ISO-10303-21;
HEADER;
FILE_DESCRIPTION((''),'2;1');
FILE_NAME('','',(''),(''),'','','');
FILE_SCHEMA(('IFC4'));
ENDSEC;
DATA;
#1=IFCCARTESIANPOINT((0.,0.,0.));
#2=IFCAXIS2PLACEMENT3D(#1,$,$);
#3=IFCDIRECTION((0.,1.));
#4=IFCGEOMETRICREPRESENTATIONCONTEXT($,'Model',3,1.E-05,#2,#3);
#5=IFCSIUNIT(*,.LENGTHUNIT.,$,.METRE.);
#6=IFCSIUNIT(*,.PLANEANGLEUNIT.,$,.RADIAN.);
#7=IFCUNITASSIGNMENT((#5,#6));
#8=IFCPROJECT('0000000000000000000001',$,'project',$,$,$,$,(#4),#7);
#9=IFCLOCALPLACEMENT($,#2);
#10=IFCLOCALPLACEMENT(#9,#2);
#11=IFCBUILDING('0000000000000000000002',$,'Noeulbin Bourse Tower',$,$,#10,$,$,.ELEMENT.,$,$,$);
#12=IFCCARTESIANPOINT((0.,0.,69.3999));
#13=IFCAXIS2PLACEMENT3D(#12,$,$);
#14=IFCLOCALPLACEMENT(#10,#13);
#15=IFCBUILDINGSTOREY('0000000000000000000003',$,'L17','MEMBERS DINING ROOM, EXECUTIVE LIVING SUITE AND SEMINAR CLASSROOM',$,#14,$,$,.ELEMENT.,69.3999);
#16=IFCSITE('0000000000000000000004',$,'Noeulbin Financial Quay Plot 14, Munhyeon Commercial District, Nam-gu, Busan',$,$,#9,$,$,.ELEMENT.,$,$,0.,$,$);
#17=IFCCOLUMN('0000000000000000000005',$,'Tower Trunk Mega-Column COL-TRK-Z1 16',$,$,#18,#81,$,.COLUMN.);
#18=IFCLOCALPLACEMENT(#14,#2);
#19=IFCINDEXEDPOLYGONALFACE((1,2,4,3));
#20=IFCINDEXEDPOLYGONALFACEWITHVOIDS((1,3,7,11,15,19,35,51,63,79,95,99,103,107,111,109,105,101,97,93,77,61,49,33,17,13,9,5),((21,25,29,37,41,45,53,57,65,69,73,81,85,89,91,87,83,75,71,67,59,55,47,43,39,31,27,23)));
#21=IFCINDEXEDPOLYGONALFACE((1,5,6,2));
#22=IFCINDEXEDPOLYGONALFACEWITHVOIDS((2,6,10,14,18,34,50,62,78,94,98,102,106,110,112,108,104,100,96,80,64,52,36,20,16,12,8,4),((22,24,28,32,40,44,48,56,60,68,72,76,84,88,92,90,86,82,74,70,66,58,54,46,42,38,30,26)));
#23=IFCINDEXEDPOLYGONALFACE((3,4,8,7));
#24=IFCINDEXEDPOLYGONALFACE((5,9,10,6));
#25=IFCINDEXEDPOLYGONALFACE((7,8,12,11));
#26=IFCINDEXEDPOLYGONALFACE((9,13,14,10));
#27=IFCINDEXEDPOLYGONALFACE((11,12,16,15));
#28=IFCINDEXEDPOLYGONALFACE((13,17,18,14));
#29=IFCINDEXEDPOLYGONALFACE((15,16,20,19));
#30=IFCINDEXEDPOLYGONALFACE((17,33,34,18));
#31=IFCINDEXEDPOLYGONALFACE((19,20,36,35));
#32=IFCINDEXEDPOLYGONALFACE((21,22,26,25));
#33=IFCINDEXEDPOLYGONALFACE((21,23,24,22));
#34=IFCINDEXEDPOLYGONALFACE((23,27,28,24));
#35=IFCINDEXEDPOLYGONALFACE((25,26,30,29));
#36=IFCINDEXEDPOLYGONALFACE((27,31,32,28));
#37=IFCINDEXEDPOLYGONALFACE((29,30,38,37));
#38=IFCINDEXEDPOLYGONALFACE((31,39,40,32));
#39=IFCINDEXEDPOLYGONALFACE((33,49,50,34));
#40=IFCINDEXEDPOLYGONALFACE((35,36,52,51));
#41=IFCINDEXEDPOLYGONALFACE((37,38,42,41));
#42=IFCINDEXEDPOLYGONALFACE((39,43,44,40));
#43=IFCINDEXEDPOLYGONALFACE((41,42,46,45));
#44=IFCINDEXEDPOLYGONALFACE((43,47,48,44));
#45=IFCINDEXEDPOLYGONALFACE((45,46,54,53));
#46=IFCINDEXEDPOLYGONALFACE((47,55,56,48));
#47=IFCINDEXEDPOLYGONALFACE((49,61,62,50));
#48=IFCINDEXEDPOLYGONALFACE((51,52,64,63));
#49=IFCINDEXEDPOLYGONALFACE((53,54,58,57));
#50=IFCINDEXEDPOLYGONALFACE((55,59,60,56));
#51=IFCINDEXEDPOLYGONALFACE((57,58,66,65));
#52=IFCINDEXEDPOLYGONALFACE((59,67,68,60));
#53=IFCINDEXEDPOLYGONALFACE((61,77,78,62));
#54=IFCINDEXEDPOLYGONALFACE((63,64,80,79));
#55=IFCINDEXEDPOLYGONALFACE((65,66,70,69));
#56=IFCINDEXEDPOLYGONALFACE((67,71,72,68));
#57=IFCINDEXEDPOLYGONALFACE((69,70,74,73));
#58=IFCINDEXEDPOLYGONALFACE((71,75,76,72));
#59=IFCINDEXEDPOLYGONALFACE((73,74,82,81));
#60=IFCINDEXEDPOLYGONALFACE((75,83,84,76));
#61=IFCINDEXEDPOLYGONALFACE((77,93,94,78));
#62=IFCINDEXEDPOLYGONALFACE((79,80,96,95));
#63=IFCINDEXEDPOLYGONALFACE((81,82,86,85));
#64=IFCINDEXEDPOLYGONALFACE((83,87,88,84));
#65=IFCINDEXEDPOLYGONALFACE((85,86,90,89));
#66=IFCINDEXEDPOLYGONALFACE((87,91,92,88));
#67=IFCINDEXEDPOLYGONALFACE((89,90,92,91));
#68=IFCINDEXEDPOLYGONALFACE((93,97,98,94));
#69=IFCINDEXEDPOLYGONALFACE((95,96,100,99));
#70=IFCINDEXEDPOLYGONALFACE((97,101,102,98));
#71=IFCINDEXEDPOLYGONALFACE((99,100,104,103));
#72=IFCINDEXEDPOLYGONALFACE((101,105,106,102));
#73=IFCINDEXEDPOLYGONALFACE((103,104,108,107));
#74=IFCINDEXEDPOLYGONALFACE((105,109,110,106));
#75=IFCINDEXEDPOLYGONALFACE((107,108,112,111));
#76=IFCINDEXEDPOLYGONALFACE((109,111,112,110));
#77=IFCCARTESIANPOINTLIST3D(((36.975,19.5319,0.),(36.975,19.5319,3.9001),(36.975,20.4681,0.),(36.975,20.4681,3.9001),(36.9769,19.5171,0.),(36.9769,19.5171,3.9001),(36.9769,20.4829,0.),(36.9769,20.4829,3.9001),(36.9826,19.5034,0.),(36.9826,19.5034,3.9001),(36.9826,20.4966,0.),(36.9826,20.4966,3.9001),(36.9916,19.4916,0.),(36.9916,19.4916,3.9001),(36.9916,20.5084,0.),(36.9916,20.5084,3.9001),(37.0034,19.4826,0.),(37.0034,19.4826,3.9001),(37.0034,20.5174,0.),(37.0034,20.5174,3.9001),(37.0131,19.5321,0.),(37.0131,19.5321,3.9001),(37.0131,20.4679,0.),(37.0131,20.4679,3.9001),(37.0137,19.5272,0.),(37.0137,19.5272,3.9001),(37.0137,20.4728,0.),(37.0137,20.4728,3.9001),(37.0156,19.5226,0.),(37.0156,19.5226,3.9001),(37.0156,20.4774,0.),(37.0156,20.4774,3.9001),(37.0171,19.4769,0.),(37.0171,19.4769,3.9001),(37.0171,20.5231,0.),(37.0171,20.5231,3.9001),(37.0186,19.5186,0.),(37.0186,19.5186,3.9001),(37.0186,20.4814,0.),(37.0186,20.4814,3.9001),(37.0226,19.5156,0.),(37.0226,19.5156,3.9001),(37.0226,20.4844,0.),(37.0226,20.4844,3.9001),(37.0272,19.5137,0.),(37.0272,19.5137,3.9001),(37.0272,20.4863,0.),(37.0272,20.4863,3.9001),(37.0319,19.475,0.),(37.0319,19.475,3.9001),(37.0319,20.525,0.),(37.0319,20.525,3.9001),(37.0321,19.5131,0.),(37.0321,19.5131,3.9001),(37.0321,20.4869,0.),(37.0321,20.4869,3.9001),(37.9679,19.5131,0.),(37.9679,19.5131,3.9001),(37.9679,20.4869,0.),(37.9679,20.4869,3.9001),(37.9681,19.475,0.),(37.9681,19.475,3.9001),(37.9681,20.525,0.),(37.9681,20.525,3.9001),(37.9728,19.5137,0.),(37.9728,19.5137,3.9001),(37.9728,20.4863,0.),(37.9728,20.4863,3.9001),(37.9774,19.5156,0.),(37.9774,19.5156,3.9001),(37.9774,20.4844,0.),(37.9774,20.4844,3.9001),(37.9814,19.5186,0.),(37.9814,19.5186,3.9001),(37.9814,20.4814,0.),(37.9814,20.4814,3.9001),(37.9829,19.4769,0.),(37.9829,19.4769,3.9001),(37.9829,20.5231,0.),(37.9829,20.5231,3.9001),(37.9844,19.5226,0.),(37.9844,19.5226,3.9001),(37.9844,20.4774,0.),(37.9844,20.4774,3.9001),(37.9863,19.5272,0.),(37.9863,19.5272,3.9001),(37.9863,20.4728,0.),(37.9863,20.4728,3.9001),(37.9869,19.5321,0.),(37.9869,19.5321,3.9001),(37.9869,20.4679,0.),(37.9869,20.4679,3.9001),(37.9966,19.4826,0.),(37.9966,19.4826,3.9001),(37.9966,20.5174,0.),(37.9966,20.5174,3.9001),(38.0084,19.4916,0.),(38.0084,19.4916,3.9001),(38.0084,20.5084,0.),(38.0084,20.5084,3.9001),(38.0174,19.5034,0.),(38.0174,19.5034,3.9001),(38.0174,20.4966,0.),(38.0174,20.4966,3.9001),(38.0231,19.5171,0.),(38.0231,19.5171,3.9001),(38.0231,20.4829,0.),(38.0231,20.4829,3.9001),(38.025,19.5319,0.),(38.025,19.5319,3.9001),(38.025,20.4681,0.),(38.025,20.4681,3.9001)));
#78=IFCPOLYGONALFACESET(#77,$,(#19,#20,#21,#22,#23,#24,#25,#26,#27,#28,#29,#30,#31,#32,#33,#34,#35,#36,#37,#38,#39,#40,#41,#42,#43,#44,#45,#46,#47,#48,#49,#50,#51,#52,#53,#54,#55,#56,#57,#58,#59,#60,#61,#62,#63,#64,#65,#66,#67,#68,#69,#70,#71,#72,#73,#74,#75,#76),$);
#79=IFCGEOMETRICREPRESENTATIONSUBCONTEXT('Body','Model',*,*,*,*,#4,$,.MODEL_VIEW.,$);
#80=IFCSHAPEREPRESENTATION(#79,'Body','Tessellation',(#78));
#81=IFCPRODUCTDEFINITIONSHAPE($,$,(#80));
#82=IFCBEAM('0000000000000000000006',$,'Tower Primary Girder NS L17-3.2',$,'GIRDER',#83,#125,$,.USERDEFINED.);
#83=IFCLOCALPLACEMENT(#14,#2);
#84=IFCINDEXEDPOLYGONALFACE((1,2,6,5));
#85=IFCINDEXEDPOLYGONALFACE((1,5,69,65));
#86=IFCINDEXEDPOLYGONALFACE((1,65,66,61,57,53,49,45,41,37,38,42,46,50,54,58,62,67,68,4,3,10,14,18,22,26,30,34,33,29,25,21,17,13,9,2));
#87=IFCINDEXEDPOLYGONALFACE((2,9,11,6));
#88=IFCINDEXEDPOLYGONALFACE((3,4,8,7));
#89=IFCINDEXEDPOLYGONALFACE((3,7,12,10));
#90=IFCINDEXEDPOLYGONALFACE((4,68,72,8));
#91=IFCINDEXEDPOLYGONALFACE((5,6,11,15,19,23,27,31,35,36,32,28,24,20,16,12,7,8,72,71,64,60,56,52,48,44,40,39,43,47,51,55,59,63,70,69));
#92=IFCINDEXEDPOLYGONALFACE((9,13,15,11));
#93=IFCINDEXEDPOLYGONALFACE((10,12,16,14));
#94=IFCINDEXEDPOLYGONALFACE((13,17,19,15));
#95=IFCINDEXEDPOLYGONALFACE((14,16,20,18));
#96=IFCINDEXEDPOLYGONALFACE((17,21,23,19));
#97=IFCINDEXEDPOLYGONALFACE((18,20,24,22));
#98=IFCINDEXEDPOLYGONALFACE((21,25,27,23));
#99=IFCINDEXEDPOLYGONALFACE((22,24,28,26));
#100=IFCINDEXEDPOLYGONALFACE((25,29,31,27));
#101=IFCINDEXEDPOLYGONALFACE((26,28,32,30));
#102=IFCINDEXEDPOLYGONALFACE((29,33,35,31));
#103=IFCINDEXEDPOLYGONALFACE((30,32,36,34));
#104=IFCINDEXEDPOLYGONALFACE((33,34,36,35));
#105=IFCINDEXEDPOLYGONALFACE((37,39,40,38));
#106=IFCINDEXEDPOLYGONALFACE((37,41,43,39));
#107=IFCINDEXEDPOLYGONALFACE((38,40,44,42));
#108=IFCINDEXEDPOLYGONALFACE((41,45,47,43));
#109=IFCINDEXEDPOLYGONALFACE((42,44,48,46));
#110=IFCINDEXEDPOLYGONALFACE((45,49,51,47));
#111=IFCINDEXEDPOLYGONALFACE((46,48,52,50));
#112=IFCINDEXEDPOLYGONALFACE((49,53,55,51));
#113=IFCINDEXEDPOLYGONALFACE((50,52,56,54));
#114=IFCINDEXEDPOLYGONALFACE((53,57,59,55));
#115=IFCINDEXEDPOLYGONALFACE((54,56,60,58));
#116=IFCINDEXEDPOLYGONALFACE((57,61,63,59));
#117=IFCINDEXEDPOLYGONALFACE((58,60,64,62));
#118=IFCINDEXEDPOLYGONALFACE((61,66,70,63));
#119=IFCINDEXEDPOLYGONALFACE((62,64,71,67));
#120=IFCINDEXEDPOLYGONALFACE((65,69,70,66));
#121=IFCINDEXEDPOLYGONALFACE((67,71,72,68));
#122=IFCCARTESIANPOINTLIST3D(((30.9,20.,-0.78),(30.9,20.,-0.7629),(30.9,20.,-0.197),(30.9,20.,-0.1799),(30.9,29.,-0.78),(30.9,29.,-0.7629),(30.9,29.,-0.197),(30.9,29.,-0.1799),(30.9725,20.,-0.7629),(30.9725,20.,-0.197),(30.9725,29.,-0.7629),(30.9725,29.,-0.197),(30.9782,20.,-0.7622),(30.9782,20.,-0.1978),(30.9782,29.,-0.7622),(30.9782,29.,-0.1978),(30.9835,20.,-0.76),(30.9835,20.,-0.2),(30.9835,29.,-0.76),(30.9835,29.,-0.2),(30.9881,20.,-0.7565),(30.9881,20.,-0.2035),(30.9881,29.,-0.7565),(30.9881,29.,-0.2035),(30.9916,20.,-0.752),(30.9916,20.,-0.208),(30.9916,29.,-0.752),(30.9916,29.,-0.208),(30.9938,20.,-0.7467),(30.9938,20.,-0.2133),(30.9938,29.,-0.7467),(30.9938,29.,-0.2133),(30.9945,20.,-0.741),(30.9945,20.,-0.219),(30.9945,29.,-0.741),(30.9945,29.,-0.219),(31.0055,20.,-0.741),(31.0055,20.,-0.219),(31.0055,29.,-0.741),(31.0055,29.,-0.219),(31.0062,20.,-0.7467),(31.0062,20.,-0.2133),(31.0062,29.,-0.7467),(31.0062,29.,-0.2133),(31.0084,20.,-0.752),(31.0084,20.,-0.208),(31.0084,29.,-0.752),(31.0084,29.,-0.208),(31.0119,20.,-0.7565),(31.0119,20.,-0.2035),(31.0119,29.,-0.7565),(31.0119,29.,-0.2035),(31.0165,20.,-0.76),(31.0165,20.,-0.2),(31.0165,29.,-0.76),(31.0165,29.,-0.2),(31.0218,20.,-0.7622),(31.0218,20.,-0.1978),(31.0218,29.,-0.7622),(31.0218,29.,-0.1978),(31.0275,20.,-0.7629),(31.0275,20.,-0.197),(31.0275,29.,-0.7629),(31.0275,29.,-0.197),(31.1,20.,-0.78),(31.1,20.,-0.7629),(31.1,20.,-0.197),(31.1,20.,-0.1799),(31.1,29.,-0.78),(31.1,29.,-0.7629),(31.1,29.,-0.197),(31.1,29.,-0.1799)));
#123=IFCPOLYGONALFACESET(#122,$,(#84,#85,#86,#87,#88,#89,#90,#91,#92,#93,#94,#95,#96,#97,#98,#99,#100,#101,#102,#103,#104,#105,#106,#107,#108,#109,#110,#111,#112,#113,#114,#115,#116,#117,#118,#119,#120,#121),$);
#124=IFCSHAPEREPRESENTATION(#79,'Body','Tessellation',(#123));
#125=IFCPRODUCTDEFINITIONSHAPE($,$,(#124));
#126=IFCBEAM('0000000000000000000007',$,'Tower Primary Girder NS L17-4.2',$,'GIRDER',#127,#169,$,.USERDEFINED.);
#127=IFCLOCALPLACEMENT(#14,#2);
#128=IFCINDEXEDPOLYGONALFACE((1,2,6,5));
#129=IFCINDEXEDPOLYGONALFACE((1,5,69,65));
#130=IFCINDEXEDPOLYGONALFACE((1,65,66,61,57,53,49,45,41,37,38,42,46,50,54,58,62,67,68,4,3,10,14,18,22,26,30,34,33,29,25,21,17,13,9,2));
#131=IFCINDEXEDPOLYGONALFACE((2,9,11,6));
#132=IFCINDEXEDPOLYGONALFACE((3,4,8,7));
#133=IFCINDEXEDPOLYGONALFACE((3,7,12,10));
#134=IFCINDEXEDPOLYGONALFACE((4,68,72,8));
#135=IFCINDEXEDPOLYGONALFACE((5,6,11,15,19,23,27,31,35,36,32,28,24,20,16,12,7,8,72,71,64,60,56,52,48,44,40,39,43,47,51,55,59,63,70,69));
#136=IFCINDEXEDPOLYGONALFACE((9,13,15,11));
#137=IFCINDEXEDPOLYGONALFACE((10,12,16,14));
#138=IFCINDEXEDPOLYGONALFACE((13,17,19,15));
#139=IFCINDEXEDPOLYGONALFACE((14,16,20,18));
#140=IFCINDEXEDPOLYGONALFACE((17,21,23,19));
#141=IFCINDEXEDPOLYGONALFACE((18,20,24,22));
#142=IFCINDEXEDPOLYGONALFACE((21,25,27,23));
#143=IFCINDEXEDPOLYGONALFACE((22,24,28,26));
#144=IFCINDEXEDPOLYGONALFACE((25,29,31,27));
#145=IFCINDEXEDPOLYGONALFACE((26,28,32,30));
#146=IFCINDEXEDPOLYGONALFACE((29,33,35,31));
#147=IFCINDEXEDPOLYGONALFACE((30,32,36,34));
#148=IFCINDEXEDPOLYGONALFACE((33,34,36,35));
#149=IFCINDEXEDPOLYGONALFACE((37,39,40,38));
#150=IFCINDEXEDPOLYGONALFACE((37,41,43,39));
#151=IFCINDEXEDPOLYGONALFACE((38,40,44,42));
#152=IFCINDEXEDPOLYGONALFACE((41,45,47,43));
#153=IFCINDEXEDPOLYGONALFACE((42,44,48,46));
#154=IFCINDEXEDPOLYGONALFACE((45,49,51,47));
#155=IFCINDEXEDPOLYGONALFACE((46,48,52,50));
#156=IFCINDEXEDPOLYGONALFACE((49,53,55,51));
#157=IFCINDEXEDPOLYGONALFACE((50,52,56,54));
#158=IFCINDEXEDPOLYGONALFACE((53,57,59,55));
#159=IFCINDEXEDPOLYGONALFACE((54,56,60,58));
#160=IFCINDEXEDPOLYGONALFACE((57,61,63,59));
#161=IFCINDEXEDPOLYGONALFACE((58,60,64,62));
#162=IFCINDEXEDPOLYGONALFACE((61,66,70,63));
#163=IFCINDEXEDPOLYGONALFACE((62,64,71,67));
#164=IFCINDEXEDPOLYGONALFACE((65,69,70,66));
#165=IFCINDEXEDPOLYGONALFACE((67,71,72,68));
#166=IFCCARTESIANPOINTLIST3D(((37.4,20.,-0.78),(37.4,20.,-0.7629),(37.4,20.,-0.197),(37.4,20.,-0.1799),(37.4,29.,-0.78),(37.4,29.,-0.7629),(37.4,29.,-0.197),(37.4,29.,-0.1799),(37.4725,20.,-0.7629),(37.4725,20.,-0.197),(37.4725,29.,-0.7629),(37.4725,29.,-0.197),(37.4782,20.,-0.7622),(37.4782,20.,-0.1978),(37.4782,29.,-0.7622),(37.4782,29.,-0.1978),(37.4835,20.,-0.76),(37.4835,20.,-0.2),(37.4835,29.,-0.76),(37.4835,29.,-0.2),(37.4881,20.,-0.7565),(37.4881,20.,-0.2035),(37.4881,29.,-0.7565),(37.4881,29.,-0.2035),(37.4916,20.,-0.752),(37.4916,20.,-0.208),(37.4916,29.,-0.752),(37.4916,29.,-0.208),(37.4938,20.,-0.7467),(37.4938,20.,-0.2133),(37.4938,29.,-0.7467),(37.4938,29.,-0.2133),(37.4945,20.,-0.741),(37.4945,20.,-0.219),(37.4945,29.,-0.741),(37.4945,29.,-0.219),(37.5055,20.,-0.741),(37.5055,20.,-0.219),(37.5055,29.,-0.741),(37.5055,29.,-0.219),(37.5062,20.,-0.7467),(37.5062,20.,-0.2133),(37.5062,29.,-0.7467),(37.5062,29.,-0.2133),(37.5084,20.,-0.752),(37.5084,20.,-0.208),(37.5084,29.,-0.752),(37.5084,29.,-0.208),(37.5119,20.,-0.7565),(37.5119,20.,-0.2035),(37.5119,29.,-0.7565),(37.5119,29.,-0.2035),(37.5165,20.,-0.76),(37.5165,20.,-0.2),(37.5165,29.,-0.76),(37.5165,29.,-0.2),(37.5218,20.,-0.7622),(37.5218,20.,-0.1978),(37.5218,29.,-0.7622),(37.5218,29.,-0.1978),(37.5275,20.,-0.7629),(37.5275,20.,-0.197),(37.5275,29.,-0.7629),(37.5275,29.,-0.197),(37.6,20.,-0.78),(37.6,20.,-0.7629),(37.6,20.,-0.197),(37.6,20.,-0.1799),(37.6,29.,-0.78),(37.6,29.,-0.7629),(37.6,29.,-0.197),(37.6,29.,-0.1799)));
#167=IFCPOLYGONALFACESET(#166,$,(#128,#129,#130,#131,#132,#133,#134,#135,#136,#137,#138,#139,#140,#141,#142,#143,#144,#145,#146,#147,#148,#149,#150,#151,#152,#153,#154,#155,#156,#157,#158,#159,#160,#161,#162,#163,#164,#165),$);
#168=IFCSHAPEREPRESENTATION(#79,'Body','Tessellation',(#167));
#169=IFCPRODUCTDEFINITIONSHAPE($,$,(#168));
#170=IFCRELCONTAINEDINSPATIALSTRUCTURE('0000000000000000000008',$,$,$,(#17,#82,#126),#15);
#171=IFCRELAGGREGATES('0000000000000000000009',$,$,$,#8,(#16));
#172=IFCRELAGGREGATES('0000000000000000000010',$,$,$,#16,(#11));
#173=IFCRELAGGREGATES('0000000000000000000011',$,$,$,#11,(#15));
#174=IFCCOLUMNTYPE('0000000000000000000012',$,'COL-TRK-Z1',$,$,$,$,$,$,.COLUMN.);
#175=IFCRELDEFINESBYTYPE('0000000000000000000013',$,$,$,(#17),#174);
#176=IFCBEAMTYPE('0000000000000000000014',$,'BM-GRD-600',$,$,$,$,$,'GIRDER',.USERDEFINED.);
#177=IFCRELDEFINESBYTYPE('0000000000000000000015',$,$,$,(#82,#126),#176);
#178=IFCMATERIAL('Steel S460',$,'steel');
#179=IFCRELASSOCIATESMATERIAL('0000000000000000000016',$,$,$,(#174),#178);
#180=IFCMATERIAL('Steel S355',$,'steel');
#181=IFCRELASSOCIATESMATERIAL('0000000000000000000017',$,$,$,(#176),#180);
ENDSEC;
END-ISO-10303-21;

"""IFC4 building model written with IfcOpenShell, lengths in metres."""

from ifc_helpers import new_model, si_unit, direction, frame, origin, origin_2d, place, context, subcontext, project, spatial, hollow_rectangle, i_section, extrude, material, material_profile, profile_set, type_object, element, save


model = new_model("IFC4")

# Units and contexts
model_context = context("Model", 3, precision=1e-05, world=origin(), true_north=direction((0.0, 1.0)))
body_context = subcontext(model_context, "Body", "Model", "MODEL_VIEW")
ifc_project = project(units=[si_unit("LENGTHUNIT", "METRE"), si_unit("PLANEANGLEUNIT", "RADIAN")], contexts=[model_context])

# Site, building, storey
site_placement = place(None, origin())
site = spatial("IfcSite", under=ifc_project, at=site_placement, Name="Noeulbin Financial Quay Plot 14, Munhyeon Commercial District, Nam-gu, Busan", CompositionType="ELEMENT", RefElevation=0.0)
building_placement = place(site_placement, origin())
building = spatial("IfcBuilding", under=site, at=building_placement, Name="Noeulbin Bourse Tower", CompositionType="ELEMENT")
storey_placement = place(building_placement, frame((0.0, 0.0, 69.3999)))
storey = spatial("IfcBuildingStorey", under=building, at=storey_placement, Name="L17", Description="MEMBERS DINING ROOM, EXECUTIVE LIVING SUITE AND SEMINAR CLASSROOM", CompositionType="ELEMENT", Elevation=69.3999)

# Column
ifc_material_1 = material(Name="Steel S460", Category="steel")
ifc_material_profile_1 = material_profile(ifc_material_1, hollow_rectangle(XDim=1.05, YDim=1.05, WallThickness=0.0381, InnerFilletRadius=0.019, OuterFilletRadius=0.0569, at=origin_2d()), Name="BOX-1050x1050x38", Category="LoadBearing")
ifc_profile_set_1 = profile_set([ifc_material_profile_1], Name="Steel S460")
column_type = type_object("IfcColumnType", Name="COL-TRK-Z1", PredefinedType="COLUMN", material=ifc_profile_set_1)
for number, where, z_axis, x_axis, name in (
    (1, (37.5, 20.0, 0.0), (0.0, 0.0, 1.0), (1.0, 0.0, 0.0), "Tower Trunk Mega-Column COL-TRK-Z1 16"),
):
    element("IfcColumn", number, at=place(storey_placement, frame(where, z_axis=z_axis, x_axis=x_axis)), inside=storey, type_object=column_type, Name=name, PredefinedType="COLUMN", context=body_context, shape_type="SweptSolid", body=[
        extrude(hollow_rectangle(XDim=1.05, YDim=1.05, WallThickness=0.0381, InnerFilletRadius=0.019, OuterFilletRadius=0.0569, at=origin_2d()), origin(), (0.0, 0.0, 1.0), 3.9001),
    ])

# Beams
ifc_material_2 = material(Name="Steel S355", Category="steel")
ifc_material_profile_2 = material_profile(ifc_material_2, i_section(OverallWidth=0.2, OverallDepth=0.6001, WebThickness=0.011, FlangeThickness=0.0171, FilletRadius=0.022, at=origin_2d()), Name="H-600x200x11x17", Category="LoadBearing")
ifc_profile_set_2 = profile_set([ifc_material_profile_2], Name="Steel S355")
beam_type_1 = type_object("IfcBeamType", Name="BM-GRD-600", ElementType="GIRDER", PredefinedType="USERDEFINED", material=ifc_profile_set_2)
for number, where, z_axis, x_axis, name in (
    (2, (31.0, 20.0, -0.48), (0.0, 1.0, 0.0), (-1.0, 0.0, 0.0), "Tower Primary Girder NS L17-3.2"),
    (3, (37.5, 20.0, -0.48), (0.0, 1.0, 0.0), (-1.0, 0.0, 0.0), "Tower Primary Girder NS L17-4.2"),
):
    element("IfcBeam", number, at=place(storey_placement, frame(where, z_axis=z_axis, x_axis=x_axis)), inside=storey, type_object=beam_type_1, Name=name, ObjectType="GIRDER", PredefinedType="USERDEFINED", context=body_context, shape_type="SweptSolid", body=[
        extrude(i_section(OverallWidth=0.2, OverallDepth=0.6001, WebThickness=0.011, FlangeThickness=0.0171, FilletRadius=0.022, at=origin_2d()), origin(), (0.0, 0.0, 1.0), 9.0),
    ])

save(model, "model.ifc")
